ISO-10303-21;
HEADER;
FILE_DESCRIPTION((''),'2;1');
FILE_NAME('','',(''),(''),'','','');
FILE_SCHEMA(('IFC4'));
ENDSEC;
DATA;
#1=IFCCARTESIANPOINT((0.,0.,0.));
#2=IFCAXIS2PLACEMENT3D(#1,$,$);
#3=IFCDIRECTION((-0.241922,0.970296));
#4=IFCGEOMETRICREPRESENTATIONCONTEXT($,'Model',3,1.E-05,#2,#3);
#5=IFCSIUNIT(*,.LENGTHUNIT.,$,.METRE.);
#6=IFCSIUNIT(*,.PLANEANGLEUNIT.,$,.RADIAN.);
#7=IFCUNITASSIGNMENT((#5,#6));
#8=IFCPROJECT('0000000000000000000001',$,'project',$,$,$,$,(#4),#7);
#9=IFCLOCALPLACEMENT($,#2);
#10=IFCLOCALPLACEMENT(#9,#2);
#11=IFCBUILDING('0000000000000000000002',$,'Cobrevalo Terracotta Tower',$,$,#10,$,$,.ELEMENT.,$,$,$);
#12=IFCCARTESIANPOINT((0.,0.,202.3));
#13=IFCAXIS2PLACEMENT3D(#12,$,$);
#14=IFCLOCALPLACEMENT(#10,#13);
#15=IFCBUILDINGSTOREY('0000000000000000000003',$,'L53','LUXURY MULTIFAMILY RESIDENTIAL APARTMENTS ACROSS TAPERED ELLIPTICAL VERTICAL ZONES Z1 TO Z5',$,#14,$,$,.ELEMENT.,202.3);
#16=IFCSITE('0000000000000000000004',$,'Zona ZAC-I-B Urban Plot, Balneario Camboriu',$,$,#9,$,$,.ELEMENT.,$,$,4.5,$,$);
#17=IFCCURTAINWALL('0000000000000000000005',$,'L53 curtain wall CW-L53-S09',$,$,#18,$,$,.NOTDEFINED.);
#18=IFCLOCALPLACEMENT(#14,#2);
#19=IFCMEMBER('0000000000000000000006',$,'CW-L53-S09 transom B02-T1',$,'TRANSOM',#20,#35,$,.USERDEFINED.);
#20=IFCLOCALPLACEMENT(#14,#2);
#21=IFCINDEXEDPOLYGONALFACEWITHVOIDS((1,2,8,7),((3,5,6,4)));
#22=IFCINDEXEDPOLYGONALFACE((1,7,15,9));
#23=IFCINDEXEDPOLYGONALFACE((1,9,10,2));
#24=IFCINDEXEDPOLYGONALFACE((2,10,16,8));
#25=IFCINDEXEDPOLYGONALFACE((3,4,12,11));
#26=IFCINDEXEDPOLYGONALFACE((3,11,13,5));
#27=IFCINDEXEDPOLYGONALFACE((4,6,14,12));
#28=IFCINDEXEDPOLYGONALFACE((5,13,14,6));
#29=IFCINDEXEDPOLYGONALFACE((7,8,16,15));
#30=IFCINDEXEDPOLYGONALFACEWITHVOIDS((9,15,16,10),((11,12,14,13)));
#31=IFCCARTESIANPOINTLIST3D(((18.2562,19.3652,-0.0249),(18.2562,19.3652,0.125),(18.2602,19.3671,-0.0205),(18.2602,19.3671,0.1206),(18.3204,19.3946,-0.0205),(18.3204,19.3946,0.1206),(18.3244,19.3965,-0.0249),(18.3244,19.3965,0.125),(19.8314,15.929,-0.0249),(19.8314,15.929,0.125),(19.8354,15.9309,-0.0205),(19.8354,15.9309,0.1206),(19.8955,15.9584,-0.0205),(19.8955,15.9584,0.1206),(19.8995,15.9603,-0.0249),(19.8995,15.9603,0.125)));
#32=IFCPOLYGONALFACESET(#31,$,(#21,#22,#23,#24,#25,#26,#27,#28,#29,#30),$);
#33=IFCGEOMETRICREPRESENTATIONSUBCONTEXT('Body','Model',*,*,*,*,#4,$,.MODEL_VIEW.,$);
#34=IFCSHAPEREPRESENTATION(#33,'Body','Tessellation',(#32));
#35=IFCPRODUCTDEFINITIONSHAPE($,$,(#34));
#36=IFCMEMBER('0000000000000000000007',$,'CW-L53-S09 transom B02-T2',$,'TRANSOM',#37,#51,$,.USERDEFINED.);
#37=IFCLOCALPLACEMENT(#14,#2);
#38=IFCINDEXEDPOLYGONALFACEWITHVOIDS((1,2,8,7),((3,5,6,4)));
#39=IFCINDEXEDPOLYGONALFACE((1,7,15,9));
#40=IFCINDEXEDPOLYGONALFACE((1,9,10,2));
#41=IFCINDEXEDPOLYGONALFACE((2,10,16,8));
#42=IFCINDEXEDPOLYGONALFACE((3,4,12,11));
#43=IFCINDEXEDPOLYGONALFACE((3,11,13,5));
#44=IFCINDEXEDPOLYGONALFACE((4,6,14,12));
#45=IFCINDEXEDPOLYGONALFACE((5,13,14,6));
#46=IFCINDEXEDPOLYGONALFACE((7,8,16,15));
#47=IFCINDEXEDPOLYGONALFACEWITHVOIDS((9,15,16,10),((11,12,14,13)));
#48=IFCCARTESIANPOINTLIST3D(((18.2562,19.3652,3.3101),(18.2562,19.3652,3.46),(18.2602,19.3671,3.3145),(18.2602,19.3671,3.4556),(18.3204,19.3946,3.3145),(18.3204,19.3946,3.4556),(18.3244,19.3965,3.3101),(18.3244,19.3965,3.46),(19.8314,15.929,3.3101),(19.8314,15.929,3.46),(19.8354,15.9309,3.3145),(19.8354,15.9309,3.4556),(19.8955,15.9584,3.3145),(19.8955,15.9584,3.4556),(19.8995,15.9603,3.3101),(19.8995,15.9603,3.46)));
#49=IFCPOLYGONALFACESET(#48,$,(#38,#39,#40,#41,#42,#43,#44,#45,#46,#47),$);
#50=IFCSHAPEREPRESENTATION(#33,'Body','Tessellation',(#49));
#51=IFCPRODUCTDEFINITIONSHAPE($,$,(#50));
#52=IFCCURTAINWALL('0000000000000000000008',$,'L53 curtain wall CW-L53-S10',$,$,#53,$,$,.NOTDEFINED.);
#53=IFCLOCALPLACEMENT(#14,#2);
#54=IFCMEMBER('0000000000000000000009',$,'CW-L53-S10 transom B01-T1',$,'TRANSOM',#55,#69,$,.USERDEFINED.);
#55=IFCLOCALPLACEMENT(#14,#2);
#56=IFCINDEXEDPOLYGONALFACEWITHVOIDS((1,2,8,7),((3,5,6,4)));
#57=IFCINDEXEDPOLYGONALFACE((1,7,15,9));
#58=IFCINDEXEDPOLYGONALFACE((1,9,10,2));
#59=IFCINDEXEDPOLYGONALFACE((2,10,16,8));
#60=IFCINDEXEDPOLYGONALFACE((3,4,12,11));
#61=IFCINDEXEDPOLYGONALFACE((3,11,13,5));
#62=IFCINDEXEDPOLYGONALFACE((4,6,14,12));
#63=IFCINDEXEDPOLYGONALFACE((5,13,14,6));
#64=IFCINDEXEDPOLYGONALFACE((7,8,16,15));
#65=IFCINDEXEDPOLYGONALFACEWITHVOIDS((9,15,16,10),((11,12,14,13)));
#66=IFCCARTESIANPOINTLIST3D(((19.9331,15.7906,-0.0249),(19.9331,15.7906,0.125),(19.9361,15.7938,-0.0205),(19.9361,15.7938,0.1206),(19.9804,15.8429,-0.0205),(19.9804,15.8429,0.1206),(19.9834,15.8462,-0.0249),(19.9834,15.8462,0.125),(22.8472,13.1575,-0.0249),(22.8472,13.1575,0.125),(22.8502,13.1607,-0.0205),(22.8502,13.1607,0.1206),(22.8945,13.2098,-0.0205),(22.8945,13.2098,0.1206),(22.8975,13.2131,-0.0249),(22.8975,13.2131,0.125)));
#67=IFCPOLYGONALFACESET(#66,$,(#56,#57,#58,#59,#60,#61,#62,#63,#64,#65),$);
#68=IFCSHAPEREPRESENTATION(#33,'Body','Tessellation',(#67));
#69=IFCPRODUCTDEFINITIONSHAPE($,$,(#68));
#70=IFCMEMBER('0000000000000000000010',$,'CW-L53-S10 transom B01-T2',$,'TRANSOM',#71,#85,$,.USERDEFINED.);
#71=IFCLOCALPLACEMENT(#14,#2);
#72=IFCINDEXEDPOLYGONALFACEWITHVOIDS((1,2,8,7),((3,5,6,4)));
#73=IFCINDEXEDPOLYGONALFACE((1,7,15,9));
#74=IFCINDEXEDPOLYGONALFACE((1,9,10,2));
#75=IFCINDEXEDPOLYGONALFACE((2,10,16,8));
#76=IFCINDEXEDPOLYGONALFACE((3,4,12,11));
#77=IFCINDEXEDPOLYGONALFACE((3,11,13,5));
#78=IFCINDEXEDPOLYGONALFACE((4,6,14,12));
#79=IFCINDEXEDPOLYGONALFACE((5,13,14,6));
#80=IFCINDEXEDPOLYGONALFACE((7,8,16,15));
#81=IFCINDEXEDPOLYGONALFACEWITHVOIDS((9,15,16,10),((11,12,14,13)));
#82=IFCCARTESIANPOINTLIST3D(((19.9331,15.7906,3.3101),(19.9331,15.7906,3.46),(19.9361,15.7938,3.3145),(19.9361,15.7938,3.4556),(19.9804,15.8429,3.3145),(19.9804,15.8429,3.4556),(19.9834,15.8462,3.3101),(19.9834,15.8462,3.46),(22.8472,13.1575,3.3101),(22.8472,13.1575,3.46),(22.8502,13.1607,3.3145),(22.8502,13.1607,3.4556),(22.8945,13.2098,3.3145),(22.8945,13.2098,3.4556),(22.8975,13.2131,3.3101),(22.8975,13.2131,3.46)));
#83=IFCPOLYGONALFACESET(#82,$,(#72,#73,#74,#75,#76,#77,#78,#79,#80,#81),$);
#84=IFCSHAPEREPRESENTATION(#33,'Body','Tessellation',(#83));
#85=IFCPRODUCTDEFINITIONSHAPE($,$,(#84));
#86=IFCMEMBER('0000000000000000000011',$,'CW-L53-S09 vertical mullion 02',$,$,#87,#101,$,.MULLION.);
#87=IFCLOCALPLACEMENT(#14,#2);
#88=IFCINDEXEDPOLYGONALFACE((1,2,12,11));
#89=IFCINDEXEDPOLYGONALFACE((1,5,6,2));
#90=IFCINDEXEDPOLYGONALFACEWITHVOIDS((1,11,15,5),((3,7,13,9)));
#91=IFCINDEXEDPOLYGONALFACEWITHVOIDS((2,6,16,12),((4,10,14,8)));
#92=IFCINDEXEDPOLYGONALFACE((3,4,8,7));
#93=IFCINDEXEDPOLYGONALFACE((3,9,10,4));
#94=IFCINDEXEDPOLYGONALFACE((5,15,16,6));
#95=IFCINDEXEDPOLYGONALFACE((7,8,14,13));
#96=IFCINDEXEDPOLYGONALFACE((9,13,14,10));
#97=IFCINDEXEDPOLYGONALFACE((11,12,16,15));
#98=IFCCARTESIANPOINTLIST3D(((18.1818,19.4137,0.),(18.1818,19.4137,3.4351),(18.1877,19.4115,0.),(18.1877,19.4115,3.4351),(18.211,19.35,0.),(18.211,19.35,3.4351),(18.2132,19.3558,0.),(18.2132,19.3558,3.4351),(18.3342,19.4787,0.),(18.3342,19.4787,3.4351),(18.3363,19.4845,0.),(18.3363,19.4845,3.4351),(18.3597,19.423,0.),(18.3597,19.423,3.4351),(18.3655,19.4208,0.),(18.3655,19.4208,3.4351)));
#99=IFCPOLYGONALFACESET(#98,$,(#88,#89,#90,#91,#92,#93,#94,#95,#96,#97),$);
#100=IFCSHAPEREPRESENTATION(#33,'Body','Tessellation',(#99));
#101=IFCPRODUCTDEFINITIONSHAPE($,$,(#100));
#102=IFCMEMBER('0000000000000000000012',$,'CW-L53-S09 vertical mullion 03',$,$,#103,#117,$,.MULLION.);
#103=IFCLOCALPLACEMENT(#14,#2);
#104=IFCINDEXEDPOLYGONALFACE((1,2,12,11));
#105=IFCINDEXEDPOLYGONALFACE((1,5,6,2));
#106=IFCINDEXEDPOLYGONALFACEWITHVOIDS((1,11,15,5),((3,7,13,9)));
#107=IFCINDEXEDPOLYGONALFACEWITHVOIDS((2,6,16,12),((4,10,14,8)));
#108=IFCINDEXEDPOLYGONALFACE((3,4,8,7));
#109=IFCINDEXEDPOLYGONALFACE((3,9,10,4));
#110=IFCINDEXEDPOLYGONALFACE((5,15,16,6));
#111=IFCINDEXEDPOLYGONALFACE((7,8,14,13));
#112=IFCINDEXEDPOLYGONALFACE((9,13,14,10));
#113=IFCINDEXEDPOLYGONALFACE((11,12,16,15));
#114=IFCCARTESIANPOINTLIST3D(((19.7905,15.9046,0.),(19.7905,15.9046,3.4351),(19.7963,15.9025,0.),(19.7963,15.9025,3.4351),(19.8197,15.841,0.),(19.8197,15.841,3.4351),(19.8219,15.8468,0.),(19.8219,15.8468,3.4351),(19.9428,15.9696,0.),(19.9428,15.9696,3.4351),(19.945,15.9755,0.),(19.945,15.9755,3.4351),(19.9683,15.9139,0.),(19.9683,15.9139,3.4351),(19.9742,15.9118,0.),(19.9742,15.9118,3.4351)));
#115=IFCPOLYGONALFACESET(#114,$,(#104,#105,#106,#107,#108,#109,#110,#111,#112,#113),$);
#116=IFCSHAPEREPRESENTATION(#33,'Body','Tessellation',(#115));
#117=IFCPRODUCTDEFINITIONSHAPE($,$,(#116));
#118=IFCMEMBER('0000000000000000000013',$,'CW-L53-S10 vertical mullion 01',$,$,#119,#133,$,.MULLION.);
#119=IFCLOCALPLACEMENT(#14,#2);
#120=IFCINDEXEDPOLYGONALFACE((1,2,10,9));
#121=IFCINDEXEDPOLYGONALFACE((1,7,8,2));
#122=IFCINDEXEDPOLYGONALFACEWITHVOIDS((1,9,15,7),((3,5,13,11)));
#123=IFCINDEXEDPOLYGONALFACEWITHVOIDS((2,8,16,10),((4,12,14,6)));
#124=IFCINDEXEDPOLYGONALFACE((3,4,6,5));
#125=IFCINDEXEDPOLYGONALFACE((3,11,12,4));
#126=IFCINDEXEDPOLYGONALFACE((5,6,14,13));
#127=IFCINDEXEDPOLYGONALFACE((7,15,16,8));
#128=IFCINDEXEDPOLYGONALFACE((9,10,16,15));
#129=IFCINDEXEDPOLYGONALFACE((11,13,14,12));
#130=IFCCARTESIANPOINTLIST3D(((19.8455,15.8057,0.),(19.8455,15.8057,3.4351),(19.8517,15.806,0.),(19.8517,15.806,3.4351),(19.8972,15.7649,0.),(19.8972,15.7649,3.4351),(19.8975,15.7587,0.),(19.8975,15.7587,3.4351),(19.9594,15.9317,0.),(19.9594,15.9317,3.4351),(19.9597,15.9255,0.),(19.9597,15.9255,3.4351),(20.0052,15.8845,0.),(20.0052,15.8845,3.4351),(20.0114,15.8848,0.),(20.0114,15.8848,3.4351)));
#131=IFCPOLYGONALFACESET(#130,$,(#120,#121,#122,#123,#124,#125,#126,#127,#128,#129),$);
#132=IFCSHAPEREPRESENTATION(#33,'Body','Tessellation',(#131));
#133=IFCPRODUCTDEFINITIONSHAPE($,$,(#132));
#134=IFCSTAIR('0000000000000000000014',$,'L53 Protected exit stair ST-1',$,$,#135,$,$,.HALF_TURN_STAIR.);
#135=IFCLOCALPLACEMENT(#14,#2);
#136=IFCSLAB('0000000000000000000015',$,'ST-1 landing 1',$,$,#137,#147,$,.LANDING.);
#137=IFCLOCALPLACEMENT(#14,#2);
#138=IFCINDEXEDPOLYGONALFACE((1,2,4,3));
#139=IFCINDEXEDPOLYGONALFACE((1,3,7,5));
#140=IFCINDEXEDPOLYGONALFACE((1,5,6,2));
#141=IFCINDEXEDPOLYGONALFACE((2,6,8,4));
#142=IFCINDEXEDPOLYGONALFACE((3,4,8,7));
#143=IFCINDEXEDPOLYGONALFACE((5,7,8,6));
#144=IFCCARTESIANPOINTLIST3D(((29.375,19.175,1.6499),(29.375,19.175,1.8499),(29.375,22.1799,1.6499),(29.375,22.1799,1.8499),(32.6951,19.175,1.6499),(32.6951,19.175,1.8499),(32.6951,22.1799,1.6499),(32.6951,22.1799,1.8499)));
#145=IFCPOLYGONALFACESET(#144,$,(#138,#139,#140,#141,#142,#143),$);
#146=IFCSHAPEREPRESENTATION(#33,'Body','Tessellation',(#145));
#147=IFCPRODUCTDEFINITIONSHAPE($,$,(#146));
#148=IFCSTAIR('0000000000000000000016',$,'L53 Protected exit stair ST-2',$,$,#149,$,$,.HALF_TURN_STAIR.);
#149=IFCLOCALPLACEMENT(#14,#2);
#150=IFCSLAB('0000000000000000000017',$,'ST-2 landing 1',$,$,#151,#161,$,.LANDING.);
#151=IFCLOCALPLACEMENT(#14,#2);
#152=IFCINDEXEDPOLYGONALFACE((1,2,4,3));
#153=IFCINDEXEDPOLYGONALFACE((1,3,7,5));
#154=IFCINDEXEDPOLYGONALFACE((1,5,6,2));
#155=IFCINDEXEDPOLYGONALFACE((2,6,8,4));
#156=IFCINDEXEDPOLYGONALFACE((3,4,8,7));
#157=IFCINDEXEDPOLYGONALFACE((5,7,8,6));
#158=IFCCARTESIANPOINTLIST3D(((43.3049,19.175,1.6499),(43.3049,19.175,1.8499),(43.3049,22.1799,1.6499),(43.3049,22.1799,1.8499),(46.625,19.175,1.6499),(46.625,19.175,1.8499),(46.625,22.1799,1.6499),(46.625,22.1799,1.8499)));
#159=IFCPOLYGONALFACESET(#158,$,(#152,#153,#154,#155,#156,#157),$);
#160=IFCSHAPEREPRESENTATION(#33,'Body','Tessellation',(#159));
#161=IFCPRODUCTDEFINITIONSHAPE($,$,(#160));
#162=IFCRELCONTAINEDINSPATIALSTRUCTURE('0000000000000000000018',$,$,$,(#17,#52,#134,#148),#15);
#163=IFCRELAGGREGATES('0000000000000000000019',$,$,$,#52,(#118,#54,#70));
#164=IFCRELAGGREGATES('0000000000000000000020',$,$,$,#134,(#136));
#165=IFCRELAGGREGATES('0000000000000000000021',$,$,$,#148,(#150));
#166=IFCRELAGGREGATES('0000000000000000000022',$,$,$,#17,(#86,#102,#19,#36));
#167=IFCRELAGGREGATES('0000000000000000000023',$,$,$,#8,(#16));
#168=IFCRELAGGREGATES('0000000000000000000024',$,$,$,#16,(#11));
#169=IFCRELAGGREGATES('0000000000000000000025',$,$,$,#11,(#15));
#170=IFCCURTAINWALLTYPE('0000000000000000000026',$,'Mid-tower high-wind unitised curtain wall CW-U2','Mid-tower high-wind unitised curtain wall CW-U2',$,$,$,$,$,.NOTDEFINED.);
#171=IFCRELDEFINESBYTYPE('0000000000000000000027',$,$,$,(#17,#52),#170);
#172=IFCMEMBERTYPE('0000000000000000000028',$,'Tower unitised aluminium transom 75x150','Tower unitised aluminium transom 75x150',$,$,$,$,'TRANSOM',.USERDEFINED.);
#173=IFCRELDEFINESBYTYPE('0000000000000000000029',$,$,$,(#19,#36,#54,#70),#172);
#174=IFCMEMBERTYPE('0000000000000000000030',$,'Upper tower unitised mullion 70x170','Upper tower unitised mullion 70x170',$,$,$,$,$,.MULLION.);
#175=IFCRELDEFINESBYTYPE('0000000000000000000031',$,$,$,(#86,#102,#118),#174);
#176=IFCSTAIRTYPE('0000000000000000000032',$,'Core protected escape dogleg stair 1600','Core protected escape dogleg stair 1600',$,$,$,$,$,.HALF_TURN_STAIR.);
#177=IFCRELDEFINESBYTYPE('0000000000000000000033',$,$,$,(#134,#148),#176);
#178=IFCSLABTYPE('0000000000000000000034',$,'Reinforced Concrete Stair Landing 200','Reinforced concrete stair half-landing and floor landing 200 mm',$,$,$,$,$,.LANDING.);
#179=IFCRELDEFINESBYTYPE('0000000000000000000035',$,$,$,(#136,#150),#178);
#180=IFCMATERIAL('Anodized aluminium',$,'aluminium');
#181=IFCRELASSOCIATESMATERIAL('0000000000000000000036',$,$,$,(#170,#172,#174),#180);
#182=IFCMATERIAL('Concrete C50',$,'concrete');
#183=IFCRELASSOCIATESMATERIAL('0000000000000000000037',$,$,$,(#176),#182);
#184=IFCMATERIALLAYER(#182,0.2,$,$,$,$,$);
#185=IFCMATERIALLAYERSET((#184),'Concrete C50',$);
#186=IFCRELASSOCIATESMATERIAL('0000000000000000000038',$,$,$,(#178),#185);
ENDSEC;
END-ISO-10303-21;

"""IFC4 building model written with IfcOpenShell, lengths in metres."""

from ifc_helpers import new_model, si_unit, direction, frame, origin, origin_2d, place, context, subcontext, project, spatial, polyline, hollow_rectangle, outline, extrude, source, transform, mapped, material, layer, layer_set, material_profile, profile_set, type_object, element, aggregate, save


model = new_model("IFC4")

# Units and contexts
model_context = context("Model", 3, precision=1e-05, world=origin(), true_north=direction((-0.241922, 0.970296)))
body_context = subcontext(model_context, "Body", "Model", "MODEL_VIEW")
ifc_project = project(units=[si_unit("LENGTHUNIT", "METRE"), si_unit("PLANEANGLEUNIT", "RADIAN")], contexts=[model_context])

# Site, building, storey
site_placement = place(None, origin())
site = spatial("IfcSite", under=ifc_project, at=site_placement, Name="Zona ZAC-I-B Urban Plot, Balneario Camboriu", CompositionType="ELEMENT", RefElevation=4.5)
building_placement = place(site_placement, origin())
building = spatial("IfcBuilding", under=site, at=building_placement, Name="Cobrevalo Terracotta Tower", CompositionType="ELEMENT")
storey_placement = place(building_placement, frame((0.0, 0.0, 202.3)))
storey = spatial("IfcBuildingStorey", under=building, at=storey_placement, Name="L53", Description="LUXURY MULTIFAMILY RESIDENTIAL APARTMENTS ACROSS TAPERED ELLIPTICAL VERTICAL ZONES Z1 TO Z5", CompositionType="ELEMENT", Elevation=202.3)

# Curtain walls, members
ifc_material_1 = material(Name="Anodized aluminium", Category="aluminium")
curtain_wall_type = type_object("IfcCurtainWallType", Name="Mid-tower high-wind unitised curtain wall CW-U2", Description="Mid-tower high-wind unitised curtain wall CW-U2", PredefinedType="NOTDEFINED", material=ifc_material_1)
curtain_wall_1_placement = place(storey_placement, origin())
curtain_wall_1 = element("IfcCurtainWall", 1, at=curtain_wall_1_placement, inside=storey, type_object=curtain_wall_type, Name="L53 curtain wall CW-L53-S09", PredefinedType="NOTDEFINED")
ifc_material_profile_1 = material_profile(ifc_material_1, hollow_rectangle(XDim=0.075, YDim=0.1499, WallThickness=0.0044, at=origin_2d()), Name="CWT 75x150")
ifc_profile_set_1 = profile_set([ifc_material_profile_1], Name="Anodized aluminium")
member_type_1 = type_object("IfcMemberType", Name="Tower unitised aluminium transom 75x150", Description="Tower unitised aluminium transom 75x150", ElementType="TRANSOM", PredefinedType="USERDEFINED", material=ifc_profile_set_1)
shared_shape_1 = source(origin(), body_context, "Body", "SweptSolid", [
    extrude(hollow_rectangle(XDim=0.075, YDim=0.1499, WallThickness=0.0044, at=origin_2d()), origin(), (0.0, 0.0, 1.0), 3.78),
])
member_1_placement = place(storey_placement, frame((18.2903, 19.3809, 0.05), z_axis=(0.416706, -0.909041, 0.0), x_axis=(0.909041, 0.416706, 0.0)))
member_1 = element("IfcMember", 2, at=member_1_placement, type_object=member_type_1, Name="CW-L53-S09 transom B02-T1", ObjectType="TRANSOM", PredefinedType="USERDEFINED", context=body_context, shape_type="MappedRepresentation", body=[
    mapped(shared_shape_1, transform((0.0, 0.0, 0.0), scale=1.0)),
])
member_2_placement = place(storey_placement, frame((18.2903, 19.3809, 3.385), z_axis=(0.416706, -0.909041, 0.0), x_axis=(0.909041, 0.416706, 0.0)))
member_2 = element("IfcMember", 3, at=member_2_placement, type_object=member_type_1, Name="CW-L53-S09 transom B02-T2", ObjectType="TRANSOM", PredefinedType="USERDEFINED", context=body_context, shape_type="MappedRepresentation", body=[
    mapped(shared_shape_1, transform((0.0, 0.0, 0.0), scale=1.0)),
])
curtain_wall_2_placement = place(storey_placement, origin())
curtain_wall_2 = element("IfcCurtainWall", 4, at=curtain_wall_2_placement, inside=storey, type_object=curtain_wall_type, Name="L53 curtain wall CW-L53-S10", PredefinedType="NOTDEFINED")
shared_shape_2 = source(origin(), body_context, "Body", "SweptSolid", [
    extrude(hollow_rectangle(XDim=0.075, YDim=0.1499, WallThickness=0.0044, at=origin_2d()), origin(), (0.0, 0.0, 1.0), 3.9275),
])
member_3_placement = place(storey_placement, frame((19.9583, 15.8184, 0.05), z_axis=(0.741976, -0.670426, 0.0), x_axis=(0.670426, 0.741976, 0.0)))
member_3 = element("IfcMember", 5, at=member_3_placement, type_object=member_type_1, Name="CW-L53-S10 transom B01-T1", ObjectType="TRANSOM", PredefinedType="USERDEFINED", context=body_context, shape_type="MappedRepresentation", body=[
    mapped(shared_shape_2, transform((0.0, 0.0, 0.0), scale=1.0)),
])
member_4_placement = place(storey_placement, frame((19.9583, 15.8184, 3.385), z_axis=(0.741976, -0.670426, 0.0), x_axis=(0.670426, 0.741976, 0.0)))
member_4 = element("IfcMember", 6, at=member_4_placement, type_object=member_type_1, Name="CW-L53-S10 transom B01-T2", ObjectType="TRANSOM", PredefinedType="USERDEFINED", context=body_context, shape_type="MappedRepresentation", body=[
    mapped(shared_shape_2, transform((0.0, 0.0, 0.0), scale=1.0)),
])

# Members
ifc_material_profile_2 = material_profile(ifc_material_1, hollow_rectangle(XDim=0.0701, YDim=0.1699, WallThickness=0.0044, at=origin_2d()), Name="CWM 70x170")
ifc_profile_set_2 = profile_set([ifc_material_profile_2], Name="Anodized aluminium")
member_type_2 = type_object("IfcMemberType", Name="Upper tower unitised mullion 70x170", Description="Upper tower unitised mullion 70x170", PredefinedType="MULLION", material=ifc_profile_set_2)
shared_shape_3 = source(origin(), body_context, "Body", "SweptSolid", [
    extrude(hollow_rectangle(XDim=0.0701, YDim=0.1699, WallThickness=0.0044, at=origin_2d()), origin(), (0.0, 0.0, 1.0), 3.4351),
])
member_5_placement = place(storey_placement, frame((18.2737, 19.4172, 0.0), z_axis=(0.0, 0.0, 1.0), x_axis=(0.416725, -0.909033, 0.0)))
member_5 = element("IfcMember", 7, at=member_5_placement, type_object=member_type_2, Name="CW-L53-S09 vertical mullion 02", PredefinedType="MULLION", context=body_context, shape_type="MappedRepresentation", body=[
    mapped(shared_shape_3, transform((0.0, 0.0, 0.0), scale=1.0)),
])
member_6_placement = place(storey_placement, frame((19.8823, 15.9082, 0.0), z_axis=(0.0, 0.0, 1.0), x_axis=(0.416725, -0.909033, 0.0)))
member_6 = element("IfcMember", 8, at=member_6_placement, type_object=member_type_2, Name="CW-L53-S09 vertical mullion 03", PredefinedType="MULLION", context=body_context, shape_type="MappedRepresentation", body=[
    mapped(shared_shape_3, transform((0.0, 0.0, 0.0), scale=1.0)),
])
member_7_placement = place(storey_placement, frame((19.9285, 15.8452, 0.0), z_axis=(0.0, 0.0, 1.0), x_axis=(0.741988, -0.670414, 0.0)))
member_7 = element("IfcMember", 9, at=member_7_placement, type_object=member_type_2, Name="CW-L53-S10 vertical mullion 01", PredefinedType="MULLION", context=body_context, shape_type="MappedRepresentation", body=[
    mapped(shared_shape_3, transform((0.0, 0.0, 0.0), scale=1.0)),
])
aggregate(curtain_wall_2, [member_7, member_3, member_4])

# Stairs, slabs
ifc_material_2 = material(Name="Concrete C50", Category="concrete")
stair_type = type_object("IfcStairType", Name="Core protected escape dogleg stair 1600", Description="Core protected escape dogleg stair 1600", PredefinedType="HALF_TURN_STAIR", material=ifc_material_2)
stair_1_placement = place(storey_placement, origin())
stair_1 = element("IfcStair", 10, at=stair_1_placement, inside=storey, type_object=stair_type, Name="L53 Protected exit stair ST-1", PredefinedType="HALF_TURN_STAIR")
ifc_layer_1 = layer(ifc_material_2, 0.2)
ifc_layer_set_1 = layer_set([ifc_layer_1], Name="Concrete C50")
slab_type_1 = type_object("IfcSlabType", Name="Reinforced Concrete Stair Landing 200", Description="Reinforced concrete stair half-landing and floor landing 200 mm", PredefinedType="LANDING", material=ifc_layer_set_1)
slab_1_placement = place(storey_placement, frame((0.0, 0.0, 1.6499)))
slab_1 = element("IfcSlab", 11, at=slab_1_placement, type_object=slab_type_1, Name="ST-1 landing 1", PredefinedType="LANDING", context=body_context, shape_type="SweptSolid", body=[
    extrude(outline(polyline([(29.375, 22.1799), (29.375, 19.175), (32.6951, 19.175), (32.6951, 22.1799), (29.375, 22.1799)])), origin(), (0.0, 0.0, 1.0), 0.2),
])
aggregate(stair_1, [slab_1])
stair_2_placement = place(storey_placement, origin())
stair_2 = element("IfcStair", 12, at=stair_2_placement, inside=storey, type_object=stair_type, Name="L53 Protected exit stair ST-2", PredefinedType="HALF_TURN_STAIR")
slab_2_placement = place(storey_placement, frame((0.0, 0.0, 1.6499)))
slab_2 = element("IfcSlab", 13, at=slab_2_placement, type_object=slab_type_1, Name="ST-2 landing 1", PredefinedType="LANDING", context=body_context, shape_type="SweptSolid", body=[
    extrude(outline(polyline([(43.3049, 22.1799), (43.3049, 19.175), (46.625, 19.175), (46.625, 22.1799), (43.3049, 22.1799)])), origin(), (0.0, 0.0, 1.0), 0.2),
])
aggregate(stair_2, [slab_2])

aggregate(curtain_wall_1, [member_5, member_6, member_1, member_2])

save(model, "model.ifc")
